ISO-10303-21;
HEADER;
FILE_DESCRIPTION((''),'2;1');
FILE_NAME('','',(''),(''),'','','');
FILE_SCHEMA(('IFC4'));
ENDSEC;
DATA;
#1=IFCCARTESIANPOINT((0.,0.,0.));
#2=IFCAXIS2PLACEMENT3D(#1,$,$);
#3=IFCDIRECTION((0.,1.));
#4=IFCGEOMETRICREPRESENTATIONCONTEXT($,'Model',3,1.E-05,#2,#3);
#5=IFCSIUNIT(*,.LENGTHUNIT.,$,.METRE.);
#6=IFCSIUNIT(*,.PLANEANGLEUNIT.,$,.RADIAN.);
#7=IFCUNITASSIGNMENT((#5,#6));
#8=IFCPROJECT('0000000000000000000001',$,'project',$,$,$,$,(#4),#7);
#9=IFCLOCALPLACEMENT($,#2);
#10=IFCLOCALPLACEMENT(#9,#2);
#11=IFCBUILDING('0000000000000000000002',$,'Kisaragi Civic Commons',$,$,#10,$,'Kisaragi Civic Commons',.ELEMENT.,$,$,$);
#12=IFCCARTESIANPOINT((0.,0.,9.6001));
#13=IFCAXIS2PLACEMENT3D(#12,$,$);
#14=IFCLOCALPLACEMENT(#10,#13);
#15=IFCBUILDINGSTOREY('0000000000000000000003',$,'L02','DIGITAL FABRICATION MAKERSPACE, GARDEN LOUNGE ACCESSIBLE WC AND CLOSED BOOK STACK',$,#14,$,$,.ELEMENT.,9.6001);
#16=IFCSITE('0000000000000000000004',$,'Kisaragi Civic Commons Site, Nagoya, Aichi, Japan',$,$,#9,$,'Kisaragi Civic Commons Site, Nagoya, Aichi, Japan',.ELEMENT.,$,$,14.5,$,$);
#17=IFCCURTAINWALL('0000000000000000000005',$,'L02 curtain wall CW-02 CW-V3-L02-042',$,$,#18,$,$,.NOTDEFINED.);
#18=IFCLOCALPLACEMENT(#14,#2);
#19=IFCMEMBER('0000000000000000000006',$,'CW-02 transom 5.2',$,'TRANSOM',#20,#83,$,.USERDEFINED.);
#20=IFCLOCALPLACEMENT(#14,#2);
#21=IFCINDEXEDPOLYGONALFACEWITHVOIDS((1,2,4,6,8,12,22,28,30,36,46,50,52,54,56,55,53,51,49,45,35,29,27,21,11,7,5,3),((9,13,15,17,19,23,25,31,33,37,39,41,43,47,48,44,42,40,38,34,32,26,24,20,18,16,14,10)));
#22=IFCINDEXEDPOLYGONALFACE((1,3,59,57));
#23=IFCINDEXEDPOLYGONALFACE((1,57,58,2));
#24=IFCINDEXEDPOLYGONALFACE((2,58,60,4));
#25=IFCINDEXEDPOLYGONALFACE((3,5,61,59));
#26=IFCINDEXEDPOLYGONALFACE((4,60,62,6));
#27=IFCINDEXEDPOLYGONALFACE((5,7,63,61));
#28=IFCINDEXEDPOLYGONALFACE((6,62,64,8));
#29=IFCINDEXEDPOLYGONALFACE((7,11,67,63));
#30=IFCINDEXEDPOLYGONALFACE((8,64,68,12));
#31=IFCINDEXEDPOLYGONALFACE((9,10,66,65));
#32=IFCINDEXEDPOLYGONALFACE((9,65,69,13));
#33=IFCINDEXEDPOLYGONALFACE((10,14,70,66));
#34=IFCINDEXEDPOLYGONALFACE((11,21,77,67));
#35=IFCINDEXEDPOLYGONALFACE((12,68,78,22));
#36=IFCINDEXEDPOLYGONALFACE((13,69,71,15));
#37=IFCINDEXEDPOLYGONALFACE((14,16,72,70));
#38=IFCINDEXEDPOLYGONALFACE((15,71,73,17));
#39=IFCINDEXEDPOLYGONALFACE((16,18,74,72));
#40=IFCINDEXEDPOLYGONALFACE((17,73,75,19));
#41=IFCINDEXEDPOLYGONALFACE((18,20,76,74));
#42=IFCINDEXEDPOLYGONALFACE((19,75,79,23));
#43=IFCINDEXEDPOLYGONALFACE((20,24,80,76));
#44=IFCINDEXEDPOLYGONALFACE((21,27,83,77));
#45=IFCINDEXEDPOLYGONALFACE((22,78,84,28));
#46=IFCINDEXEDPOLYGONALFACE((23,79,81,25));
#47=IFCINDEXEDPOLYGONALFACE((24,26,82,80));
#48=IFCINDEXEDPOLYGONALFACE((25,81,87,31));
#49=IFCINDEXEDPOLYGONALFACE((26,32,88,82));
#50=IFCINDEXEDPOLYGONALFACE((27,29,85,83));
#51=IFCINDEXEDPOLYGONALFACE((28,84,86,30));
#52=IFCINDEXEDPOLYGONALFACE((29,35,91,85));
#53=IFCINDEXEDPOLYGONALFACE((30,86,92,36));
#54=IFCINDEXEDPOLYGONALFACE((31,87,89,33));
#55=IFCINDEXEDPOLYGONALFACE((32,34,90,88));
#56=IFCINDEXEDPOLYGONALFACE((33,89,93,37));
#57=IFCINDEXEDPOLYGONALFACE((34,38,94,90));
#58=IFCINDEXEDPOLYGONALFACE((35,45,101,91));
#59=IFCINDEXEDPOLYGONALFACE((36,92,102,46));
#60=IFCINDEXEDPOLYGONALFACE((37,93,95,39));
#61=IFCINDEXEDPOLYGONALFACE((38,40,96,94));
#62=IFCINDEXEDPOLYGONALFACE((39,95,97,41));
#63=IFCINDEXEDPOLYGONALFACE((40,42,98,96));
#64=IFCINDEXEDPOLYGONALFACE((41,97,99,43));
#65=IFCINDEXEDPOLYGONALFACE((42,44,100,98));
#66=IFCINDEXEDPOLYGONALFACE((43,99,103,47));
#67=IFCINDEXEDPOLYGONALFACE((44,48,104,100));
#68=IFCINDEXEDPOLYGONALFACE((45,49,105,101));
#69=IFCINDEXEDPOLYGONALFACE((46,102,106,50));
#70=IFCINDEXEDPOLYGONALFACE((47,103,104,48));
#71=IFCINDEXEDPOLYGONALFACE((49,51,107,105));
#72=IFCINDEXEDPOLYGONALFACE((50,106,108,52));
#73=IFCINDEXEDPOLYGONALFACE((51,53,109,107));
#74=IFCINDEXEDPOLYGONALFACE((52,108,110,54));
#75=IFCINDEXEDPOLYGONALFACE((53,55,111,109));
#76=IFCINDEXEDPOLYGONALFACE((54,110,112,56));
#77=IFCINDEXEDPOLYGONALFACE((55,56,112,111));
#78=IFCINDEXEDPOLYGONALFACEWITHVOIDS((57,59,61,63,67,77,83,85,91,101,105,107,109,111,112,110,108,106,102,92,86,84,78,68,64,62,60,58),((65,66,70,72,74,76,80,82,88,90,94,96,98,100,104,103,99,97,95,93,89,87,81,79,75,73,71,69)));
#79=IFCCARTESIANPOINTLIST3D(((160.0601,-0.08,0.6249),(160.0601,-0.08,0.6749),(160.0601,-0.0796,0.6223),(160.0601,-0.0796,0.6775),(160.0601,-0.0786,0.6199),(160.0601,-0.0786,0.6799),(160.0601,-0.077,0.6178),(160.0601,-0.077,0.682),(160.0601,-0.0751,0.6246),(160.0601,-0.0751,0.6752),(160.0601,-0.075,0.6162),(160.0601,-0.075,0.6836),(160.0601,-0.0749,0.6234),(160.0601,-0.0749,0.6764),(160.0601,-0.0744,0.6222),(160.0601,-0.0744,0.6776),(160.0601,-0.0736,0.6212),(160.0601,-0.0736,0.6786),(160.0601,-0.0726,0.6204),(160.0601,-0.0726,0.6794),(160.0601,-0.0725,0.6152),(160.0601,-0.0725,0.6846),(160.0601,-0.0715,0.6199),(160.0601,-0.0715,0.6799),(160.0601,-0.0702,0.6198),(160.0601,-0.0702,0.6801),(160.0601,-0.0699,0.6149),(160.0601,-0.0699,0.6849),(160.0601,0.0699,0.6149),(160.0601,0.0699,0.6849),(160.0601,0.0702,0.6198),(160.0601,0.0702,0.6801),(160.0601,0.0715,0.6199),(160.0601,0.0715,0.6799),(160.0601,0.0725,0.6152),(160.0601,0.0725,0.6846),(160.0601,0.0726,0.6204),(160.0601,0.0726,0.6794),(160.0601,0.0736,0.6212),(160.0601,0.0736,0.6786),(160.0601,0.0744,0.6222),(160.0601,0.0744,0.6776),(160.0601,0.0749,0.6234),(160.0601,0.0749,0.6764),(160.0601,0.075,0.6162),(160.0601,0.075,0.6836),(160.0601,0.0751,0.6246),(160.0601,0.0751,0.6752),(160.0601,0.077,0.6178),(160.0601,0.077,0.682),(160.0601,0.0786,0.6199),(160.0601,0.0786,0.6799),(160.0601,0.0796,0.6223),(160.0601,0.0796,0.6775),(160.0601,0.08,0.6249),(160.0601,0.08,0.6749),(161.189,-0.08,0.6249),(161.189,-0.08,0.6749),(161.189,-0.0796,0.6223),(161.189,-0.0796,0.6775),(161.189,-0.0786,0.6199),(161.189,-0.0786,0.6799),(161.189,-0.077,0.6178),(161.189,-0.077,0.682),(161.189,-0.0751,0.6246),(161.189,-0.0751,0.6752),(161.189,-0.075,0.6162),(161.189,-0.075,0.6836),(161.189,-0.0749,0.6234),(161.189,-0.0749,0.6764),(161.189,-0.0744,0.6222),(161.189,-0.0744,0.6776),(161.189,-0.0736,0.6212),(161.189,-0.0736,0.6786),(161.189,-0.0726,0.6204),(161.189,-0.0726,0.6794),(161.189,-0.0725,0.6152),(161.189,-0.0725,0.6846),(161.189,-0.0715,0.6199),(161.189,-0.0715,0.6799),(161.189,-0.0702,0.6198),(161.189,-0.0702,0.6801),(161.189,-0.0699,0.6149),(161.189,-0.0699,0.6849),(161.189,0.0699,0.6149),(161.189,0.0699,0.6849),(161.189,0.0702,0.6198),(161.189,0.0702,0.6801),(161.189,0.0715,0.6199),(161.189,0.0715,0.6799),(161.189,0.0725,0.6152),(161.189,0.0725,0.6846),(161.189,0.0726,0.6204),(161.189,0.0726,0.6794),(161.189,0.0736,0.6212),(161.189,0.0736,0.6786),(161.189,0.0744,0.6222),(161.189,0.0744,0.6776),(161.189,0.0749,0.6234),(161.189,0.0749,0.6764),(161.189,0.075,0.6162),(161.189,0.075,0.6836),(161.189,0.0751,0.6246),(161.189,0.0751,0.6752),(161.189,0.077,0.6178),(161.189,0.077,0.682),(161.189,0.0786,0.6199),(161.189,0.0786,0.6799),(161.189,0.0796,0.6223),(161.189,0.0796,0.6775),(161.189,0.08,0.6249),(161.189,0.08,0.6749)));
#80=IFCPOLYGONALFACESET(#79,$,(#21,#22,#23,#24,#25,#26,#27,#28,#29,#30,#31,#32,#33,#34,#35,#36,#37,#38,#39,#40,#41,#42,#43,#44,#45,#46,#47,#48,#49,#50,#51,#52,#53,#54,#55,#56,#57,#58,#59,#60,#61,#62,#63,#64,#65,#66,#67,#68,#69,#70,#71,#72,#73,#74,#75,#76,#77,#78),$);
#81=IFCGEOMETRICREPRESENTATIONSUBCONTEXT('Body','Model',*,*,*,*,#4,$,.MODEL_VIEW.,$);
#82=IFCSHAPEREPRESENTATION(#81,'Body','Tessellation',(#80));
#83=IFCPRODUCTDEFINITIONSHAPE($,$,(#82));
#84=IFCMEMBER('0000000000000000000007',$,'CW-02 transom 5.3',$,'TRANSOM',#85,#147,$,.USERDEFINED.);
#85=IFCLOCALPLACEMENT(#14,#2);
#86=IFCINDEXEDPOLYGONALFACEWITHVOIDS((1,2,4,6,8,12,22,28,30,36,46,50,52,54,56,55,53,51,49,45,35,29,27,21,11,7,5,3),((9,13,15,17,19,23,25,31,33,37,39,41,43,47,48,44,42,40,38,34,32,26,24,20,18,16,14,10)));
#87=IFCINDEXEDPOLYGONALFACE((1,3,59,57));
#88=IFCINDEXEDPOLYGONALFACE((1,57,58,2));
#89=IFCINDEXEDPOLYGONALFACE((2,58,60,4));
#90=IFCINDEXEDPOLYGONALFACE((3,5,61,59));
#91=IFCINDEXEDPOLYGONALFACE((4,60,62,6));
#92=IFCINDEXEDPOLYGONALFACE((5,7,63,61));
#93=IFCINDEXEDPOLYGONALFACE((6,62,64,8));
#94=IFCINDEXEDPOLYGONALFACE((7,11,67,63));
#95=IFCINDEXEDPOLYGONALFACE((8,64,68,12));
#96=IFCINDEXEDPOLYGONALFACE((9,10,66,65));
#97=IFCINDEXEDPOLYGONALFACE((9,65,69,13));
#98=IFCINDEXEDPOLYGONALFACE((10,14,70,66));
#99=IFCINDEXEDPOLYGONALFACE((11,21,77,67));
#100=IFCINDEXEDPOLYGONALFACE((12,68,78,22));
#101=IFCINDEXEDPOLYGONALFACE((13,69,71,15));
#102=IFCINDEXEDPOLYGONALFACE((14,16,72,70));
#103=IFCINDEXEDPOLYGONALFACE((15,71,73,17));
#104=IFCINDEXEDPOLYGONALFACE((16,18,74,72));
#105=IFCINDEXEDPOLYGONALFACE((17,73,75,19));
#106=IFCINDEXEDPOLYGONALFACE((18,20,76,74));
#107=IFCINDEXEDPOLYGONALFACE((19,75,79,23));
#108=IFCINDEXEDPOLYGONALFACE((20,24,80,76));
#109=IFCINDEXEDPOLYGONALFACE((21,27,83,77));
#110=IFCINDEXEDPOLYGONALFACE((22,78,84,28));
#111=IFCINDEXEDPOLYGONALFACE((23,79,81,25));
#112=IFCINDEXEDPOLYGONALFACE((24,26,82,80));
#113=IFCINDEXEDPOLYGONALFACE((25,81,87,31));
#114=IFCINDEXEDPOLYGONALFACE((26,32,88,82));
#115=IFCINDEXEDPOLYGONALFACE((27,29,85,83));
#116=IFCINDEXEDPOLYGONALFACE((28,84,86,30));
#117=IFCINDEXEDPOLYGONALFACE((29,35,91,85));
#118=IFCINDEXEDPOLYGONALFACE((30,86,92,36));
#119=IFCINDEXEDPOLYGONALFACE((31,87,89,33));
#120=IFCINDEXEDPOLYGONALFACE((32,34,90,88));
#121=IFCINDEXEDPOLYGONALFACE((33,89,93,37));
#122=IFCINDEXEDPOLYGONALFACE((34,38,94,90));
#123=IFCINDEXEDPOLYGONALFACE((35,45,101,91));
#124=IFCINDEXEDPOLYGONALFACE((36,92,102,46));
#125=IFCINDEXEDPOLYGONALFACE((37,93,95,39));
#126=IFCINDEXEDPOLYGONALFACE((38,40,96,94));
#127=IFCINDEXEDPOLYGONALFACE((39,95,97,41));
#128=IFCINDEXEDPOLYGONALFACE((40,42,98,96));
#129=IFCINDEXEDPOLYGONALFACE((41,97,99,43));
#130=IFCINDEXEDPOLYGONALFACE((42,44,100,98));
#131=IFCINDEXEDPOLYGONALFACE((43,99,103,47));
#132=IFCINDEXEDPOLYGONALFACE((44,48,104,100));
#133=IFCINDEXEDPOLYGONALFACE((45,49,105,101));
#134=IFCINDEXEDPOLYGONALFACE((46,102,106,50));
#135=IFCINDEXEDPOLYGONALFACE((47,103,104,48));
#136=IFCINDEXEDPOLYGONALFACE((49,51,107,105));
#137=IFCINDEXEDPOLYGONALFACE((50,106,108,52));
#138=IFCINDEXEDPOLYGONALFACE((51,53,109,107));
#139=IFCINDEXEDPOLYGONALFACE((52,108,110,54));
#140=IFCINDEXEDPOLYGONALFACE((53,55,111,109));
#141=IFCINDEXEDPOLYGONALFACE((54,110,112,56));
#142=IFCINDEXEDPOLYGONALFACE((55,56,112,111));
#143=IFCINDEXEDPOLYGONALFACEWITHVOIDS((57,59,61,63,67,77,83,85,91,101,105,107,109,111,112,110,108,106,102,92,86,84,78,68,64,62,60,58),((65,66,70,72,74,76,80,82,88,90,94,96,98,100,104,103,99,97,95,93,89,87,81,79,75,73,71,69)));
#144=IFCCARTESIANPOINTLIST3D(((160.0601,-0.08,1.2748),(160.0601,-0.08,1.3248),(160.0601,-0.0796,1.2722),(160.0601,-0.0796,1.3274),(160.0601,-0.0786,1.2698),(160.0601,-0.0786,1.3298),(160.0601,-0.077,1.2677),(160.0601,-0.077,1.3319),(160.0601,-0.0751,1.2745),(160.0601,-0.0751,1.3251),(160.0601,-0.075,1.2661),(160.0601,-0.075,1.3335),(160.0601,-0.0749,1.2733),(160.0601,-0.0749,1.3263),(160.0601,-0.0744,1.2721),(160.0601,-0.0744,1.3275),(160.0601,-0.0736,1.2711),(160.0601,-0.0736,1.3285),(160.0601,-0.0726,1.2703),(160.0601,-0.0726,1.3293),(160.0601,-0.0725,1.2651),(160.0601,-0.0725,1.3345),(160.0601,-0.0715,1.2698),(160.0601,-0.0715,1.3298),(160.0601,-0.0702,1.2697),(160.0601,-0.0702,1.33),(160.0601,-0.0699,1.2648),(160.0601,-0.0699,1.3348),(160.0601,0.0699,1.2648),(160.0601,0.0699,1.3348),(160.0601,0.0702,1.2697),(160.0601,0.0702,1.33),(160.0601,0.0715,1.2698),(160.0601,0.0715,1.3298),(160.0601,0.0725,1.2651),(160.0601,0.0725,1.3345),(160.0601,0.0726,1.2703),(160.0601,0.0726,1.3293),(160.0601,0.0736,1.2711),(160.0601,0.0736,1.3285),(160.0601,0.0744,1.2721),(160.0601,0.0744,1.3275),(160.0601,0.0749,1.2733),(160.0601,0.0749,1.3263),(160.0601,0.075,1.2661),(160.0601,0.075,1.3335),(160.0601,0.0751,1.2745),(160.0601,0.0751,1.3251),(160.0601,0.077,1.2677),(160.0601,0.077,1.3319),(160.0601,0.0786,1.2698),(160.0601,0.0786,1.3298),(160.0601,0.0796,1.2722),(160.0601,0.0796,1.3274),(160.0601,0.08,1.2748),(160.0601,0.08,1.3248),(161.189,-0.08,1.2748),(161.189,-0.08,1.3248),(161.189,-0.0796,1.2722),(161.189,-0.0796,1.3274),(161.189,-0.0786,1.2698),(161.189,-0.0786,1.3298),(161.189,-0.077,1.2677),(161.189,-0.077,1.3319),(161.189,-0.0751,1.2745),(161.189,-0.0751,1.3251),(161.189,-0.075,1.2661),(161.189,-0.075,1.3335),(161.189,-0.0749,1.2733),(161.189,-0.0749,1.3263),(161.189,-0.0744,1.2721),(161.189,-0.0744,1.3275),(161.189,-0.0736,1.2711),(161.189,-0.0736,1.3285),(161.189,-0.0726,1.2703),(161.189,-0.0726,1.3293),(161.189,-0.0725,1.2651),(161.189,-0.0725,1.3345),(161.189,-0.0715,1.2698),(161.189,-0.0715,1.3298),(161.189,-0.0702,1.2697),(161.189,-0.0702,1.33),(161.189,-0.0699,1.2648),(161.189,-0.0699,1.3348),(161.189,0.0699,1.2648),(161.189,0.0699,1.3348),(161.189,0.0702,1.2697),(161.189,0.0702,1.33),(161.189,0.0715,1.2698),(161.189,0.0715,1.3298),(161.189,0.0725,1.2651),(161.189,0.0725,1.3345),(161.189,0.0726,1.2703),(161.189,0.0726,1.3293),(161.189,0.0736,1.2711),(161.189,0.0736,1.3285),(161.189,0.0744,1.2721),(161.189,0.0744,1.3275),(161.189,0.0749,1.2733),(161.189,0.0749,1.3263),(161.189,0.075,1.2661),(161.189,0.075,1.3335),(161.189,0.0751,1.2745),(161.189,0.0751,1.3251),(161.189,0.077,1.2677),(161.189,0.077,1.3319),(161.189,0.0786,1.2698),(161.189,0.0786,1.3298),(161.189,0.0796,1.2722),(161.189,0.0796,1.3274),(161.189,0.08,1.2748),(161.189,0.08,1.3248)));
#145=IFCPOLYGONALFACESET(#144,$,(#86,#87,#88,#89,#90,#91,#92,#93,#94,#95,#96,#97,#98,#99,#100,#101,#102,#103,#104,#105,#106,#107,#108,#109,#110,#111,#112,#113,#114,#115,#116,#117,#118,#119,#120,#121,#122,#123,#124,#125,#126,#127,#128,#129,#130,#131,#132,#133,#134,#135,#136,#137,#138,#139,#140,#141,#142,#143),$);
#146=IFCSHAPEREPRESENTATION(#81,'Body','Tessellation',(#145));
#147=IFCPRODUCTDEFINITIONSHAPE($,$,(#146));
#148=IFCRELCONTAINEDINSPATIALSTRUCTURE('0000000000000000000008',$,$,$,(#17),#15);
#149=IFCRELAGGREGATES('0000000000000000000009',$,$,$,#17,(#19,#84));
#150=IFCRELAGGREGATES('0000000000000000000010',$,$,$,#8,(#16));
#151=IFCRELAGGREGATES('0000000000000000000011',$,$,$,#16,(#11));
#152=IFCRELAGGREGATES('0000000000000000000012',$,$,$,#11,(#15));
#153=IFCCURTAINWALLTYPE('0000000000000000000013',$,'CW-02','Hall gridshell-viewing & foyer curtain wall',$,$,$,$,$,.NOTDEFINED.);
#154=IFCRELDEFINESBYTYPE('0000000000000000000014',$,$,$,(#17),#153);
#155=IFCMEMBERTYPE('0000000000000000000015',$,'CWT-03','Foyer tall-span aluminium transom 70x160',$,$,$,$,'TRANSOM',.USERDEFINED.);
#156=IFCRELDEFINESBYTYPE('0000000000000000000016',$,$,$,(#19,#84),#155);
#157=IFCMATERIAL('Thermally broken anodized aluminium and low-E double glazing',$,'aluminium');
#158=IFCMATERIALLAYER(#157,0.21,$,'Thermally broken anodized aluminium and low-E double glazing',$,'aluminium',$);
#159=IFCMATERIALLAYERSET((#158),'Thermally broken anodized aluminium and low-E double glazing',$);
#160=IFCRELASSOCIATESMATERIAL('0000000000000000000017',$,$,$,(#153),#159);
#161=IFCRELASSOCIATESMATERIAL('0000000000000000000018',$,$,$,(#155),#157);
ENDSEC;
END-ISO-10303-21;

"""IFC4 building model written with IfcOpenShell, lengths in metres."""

from ifc_helpers import new_model, si_unit, direction, frame, origin, origin_2d, place, context, subcontext, project, spatial, hollow_rectangle, extrude, material, layer, layer_set, material_profile, profile_set, type_object, element, aggregate, save


model = new_model("IFC4")

# Units and contexts
model_context = context("Model", 3, precision=1e-05, world=origin(), true_north=direction((0.0, 1.0)))
body_context = subcontext(model_context, "Body", "Model", "MODEL_VIEW")
ifc_project = project(units=[si_unit("LENGTHUNIT", "METRE"), si_unit("PLANEANGLEUNIT", "RADIAN")], contexts=[model_context])

# Site, building, storey
site_placement = place(None, origin())
site = spatial("IfcSite", under=ifc_project, at=site_placement, Name="Kisaragi Civic Commons Site, Nagoya, Aichi, Japan", LongName="Kisaragi Civic Commons Site, Nagoya, Aichi, Japan", CompositionType="ELEMENT", RefElevation=14.5)
building_placement = place(site_placement, origin())
building = spatial("IfcBuilding", under=site, at=building_placement, Name="Kisaragi Civic Commons", LongName="Kisaragi Civic Commons", CompositionType="ELEMENT")
storey_placement = place(building_placement, frame((0.0, 0.0, 9.6001)))
storey = spatial("IfcBuildingStorey", under=building, at=storey_placement, Name="L02", Description="DIGITAL FABRICATION MAKERSPACE, GARDEN LOUNGE ACCESSIBLE WC AND CLOSED BOOK STACK", CompositionType="ELEMENT", Elevation=9.6001)

# Curtain wall, members
ifc_material_1 = material(Name="Thermally broken anodized aluminium and low-E double glazing", Category="aluminium")
ifc_layer_1 = layer(ifc_material_1, 0.21, Name="Thermally broken anodized aluminium and low-E double glazing", Category="aluminium")
ifc_layer_set_1 = layer_set([ifc_layer_1], Name="Thermally broken anodized aluminium and low-E double glazing")
curtain_wall_type = type_object("IfcCurtainWallType", Name="CW-02", Description="Hall gridshell-viewing & foyer curtain wall", PredefinedType="NOTDEFINED", material=ifc_layer_set_1)
curtain_wall_placement = place(storey_placement, origin())
curtain_wall = element("IfcCurtainWall", 1, at=curtain_wall_placement, inside=storey, type_object=curtain_wall_type, Name="L02 curtain wall CW-02 CW-V3-L02-042", PredefinedType="NOTDEFINED")
ifc_material_profile_1 = material_profile(ifc_material_1, hollow_rectangle(XDim=0.1599, YDim=0.0701, WallThickness=0.0049, InnerFilletRadius=0.0049, OuterFilletRadius=0.01, at=origin_2d()), Name="CWT-70x160x5", Category="aluminium")
ifc_profile_set_1 = profile_set([ifc_material_profile_1], Name="Thermally broken anodized aluminium and low-E double glazing")
member_type_1 = type_object("IfcMemberType", Name="CWT-03", Description="Foyer tall-span aluminium transom 70x160", ElementType="TRANSOM", PredefinedType="USERDEFINED", material=ifc_profile_set_1)
member_1_placement = place(storey_placement, frame((161.189, 0.0, 0.6499), z_axis=(-1.0, 0.0, 0.0), x_axis=(0.0, -1.0, 0.0)))
member_1 = element("IfcMember", 2, at=member_1_placement, type_object=member_type_1, Name="CW-02 transom 5.2", ObjectType="TRANSOM", PredefinedType="USERDEFINED", context=body_context, shape_type="SweptSolid", body=[
    extrude(hollow_rectangle(XDim=0.1599, YDim=0.0701, WallThickness=0.0049, InnerFilletRadius=0.0049, OuterFilletRadius=0.01, at=origin_2d()), origin(), (0.0, 0.0, 1.0), 1.1289),
])
member_2_placement = place(storey_placement, frame((161.189, 0.0, 1.2998), z_axis=(-1.0, 0.0, 0.0), x_axis=(0.0, -1.0, 0.0)))
member_2 = element("IfcMember", 3, at=member_2_placement, type_object=member_type_1, Name="CW-02 transom 5.3", ObjectType="TRANSOM", PredefinedType="USERDEFINED", context=body_context, shape_type="SweptSolid", body=[
    extrude(hollow_rectangle(XDim=0.1599, YDim=0.0701, WallThickness=0.0049, InnerFilletRadius=0.0049, OuterFilletRadius=0.01, at=origin_2d()), origin(), (0.0, 0.0, 1.0), 1.1289),
])

aggregate(curtain_wall, [member_1, member_2])

save(model, "model.ifc")
